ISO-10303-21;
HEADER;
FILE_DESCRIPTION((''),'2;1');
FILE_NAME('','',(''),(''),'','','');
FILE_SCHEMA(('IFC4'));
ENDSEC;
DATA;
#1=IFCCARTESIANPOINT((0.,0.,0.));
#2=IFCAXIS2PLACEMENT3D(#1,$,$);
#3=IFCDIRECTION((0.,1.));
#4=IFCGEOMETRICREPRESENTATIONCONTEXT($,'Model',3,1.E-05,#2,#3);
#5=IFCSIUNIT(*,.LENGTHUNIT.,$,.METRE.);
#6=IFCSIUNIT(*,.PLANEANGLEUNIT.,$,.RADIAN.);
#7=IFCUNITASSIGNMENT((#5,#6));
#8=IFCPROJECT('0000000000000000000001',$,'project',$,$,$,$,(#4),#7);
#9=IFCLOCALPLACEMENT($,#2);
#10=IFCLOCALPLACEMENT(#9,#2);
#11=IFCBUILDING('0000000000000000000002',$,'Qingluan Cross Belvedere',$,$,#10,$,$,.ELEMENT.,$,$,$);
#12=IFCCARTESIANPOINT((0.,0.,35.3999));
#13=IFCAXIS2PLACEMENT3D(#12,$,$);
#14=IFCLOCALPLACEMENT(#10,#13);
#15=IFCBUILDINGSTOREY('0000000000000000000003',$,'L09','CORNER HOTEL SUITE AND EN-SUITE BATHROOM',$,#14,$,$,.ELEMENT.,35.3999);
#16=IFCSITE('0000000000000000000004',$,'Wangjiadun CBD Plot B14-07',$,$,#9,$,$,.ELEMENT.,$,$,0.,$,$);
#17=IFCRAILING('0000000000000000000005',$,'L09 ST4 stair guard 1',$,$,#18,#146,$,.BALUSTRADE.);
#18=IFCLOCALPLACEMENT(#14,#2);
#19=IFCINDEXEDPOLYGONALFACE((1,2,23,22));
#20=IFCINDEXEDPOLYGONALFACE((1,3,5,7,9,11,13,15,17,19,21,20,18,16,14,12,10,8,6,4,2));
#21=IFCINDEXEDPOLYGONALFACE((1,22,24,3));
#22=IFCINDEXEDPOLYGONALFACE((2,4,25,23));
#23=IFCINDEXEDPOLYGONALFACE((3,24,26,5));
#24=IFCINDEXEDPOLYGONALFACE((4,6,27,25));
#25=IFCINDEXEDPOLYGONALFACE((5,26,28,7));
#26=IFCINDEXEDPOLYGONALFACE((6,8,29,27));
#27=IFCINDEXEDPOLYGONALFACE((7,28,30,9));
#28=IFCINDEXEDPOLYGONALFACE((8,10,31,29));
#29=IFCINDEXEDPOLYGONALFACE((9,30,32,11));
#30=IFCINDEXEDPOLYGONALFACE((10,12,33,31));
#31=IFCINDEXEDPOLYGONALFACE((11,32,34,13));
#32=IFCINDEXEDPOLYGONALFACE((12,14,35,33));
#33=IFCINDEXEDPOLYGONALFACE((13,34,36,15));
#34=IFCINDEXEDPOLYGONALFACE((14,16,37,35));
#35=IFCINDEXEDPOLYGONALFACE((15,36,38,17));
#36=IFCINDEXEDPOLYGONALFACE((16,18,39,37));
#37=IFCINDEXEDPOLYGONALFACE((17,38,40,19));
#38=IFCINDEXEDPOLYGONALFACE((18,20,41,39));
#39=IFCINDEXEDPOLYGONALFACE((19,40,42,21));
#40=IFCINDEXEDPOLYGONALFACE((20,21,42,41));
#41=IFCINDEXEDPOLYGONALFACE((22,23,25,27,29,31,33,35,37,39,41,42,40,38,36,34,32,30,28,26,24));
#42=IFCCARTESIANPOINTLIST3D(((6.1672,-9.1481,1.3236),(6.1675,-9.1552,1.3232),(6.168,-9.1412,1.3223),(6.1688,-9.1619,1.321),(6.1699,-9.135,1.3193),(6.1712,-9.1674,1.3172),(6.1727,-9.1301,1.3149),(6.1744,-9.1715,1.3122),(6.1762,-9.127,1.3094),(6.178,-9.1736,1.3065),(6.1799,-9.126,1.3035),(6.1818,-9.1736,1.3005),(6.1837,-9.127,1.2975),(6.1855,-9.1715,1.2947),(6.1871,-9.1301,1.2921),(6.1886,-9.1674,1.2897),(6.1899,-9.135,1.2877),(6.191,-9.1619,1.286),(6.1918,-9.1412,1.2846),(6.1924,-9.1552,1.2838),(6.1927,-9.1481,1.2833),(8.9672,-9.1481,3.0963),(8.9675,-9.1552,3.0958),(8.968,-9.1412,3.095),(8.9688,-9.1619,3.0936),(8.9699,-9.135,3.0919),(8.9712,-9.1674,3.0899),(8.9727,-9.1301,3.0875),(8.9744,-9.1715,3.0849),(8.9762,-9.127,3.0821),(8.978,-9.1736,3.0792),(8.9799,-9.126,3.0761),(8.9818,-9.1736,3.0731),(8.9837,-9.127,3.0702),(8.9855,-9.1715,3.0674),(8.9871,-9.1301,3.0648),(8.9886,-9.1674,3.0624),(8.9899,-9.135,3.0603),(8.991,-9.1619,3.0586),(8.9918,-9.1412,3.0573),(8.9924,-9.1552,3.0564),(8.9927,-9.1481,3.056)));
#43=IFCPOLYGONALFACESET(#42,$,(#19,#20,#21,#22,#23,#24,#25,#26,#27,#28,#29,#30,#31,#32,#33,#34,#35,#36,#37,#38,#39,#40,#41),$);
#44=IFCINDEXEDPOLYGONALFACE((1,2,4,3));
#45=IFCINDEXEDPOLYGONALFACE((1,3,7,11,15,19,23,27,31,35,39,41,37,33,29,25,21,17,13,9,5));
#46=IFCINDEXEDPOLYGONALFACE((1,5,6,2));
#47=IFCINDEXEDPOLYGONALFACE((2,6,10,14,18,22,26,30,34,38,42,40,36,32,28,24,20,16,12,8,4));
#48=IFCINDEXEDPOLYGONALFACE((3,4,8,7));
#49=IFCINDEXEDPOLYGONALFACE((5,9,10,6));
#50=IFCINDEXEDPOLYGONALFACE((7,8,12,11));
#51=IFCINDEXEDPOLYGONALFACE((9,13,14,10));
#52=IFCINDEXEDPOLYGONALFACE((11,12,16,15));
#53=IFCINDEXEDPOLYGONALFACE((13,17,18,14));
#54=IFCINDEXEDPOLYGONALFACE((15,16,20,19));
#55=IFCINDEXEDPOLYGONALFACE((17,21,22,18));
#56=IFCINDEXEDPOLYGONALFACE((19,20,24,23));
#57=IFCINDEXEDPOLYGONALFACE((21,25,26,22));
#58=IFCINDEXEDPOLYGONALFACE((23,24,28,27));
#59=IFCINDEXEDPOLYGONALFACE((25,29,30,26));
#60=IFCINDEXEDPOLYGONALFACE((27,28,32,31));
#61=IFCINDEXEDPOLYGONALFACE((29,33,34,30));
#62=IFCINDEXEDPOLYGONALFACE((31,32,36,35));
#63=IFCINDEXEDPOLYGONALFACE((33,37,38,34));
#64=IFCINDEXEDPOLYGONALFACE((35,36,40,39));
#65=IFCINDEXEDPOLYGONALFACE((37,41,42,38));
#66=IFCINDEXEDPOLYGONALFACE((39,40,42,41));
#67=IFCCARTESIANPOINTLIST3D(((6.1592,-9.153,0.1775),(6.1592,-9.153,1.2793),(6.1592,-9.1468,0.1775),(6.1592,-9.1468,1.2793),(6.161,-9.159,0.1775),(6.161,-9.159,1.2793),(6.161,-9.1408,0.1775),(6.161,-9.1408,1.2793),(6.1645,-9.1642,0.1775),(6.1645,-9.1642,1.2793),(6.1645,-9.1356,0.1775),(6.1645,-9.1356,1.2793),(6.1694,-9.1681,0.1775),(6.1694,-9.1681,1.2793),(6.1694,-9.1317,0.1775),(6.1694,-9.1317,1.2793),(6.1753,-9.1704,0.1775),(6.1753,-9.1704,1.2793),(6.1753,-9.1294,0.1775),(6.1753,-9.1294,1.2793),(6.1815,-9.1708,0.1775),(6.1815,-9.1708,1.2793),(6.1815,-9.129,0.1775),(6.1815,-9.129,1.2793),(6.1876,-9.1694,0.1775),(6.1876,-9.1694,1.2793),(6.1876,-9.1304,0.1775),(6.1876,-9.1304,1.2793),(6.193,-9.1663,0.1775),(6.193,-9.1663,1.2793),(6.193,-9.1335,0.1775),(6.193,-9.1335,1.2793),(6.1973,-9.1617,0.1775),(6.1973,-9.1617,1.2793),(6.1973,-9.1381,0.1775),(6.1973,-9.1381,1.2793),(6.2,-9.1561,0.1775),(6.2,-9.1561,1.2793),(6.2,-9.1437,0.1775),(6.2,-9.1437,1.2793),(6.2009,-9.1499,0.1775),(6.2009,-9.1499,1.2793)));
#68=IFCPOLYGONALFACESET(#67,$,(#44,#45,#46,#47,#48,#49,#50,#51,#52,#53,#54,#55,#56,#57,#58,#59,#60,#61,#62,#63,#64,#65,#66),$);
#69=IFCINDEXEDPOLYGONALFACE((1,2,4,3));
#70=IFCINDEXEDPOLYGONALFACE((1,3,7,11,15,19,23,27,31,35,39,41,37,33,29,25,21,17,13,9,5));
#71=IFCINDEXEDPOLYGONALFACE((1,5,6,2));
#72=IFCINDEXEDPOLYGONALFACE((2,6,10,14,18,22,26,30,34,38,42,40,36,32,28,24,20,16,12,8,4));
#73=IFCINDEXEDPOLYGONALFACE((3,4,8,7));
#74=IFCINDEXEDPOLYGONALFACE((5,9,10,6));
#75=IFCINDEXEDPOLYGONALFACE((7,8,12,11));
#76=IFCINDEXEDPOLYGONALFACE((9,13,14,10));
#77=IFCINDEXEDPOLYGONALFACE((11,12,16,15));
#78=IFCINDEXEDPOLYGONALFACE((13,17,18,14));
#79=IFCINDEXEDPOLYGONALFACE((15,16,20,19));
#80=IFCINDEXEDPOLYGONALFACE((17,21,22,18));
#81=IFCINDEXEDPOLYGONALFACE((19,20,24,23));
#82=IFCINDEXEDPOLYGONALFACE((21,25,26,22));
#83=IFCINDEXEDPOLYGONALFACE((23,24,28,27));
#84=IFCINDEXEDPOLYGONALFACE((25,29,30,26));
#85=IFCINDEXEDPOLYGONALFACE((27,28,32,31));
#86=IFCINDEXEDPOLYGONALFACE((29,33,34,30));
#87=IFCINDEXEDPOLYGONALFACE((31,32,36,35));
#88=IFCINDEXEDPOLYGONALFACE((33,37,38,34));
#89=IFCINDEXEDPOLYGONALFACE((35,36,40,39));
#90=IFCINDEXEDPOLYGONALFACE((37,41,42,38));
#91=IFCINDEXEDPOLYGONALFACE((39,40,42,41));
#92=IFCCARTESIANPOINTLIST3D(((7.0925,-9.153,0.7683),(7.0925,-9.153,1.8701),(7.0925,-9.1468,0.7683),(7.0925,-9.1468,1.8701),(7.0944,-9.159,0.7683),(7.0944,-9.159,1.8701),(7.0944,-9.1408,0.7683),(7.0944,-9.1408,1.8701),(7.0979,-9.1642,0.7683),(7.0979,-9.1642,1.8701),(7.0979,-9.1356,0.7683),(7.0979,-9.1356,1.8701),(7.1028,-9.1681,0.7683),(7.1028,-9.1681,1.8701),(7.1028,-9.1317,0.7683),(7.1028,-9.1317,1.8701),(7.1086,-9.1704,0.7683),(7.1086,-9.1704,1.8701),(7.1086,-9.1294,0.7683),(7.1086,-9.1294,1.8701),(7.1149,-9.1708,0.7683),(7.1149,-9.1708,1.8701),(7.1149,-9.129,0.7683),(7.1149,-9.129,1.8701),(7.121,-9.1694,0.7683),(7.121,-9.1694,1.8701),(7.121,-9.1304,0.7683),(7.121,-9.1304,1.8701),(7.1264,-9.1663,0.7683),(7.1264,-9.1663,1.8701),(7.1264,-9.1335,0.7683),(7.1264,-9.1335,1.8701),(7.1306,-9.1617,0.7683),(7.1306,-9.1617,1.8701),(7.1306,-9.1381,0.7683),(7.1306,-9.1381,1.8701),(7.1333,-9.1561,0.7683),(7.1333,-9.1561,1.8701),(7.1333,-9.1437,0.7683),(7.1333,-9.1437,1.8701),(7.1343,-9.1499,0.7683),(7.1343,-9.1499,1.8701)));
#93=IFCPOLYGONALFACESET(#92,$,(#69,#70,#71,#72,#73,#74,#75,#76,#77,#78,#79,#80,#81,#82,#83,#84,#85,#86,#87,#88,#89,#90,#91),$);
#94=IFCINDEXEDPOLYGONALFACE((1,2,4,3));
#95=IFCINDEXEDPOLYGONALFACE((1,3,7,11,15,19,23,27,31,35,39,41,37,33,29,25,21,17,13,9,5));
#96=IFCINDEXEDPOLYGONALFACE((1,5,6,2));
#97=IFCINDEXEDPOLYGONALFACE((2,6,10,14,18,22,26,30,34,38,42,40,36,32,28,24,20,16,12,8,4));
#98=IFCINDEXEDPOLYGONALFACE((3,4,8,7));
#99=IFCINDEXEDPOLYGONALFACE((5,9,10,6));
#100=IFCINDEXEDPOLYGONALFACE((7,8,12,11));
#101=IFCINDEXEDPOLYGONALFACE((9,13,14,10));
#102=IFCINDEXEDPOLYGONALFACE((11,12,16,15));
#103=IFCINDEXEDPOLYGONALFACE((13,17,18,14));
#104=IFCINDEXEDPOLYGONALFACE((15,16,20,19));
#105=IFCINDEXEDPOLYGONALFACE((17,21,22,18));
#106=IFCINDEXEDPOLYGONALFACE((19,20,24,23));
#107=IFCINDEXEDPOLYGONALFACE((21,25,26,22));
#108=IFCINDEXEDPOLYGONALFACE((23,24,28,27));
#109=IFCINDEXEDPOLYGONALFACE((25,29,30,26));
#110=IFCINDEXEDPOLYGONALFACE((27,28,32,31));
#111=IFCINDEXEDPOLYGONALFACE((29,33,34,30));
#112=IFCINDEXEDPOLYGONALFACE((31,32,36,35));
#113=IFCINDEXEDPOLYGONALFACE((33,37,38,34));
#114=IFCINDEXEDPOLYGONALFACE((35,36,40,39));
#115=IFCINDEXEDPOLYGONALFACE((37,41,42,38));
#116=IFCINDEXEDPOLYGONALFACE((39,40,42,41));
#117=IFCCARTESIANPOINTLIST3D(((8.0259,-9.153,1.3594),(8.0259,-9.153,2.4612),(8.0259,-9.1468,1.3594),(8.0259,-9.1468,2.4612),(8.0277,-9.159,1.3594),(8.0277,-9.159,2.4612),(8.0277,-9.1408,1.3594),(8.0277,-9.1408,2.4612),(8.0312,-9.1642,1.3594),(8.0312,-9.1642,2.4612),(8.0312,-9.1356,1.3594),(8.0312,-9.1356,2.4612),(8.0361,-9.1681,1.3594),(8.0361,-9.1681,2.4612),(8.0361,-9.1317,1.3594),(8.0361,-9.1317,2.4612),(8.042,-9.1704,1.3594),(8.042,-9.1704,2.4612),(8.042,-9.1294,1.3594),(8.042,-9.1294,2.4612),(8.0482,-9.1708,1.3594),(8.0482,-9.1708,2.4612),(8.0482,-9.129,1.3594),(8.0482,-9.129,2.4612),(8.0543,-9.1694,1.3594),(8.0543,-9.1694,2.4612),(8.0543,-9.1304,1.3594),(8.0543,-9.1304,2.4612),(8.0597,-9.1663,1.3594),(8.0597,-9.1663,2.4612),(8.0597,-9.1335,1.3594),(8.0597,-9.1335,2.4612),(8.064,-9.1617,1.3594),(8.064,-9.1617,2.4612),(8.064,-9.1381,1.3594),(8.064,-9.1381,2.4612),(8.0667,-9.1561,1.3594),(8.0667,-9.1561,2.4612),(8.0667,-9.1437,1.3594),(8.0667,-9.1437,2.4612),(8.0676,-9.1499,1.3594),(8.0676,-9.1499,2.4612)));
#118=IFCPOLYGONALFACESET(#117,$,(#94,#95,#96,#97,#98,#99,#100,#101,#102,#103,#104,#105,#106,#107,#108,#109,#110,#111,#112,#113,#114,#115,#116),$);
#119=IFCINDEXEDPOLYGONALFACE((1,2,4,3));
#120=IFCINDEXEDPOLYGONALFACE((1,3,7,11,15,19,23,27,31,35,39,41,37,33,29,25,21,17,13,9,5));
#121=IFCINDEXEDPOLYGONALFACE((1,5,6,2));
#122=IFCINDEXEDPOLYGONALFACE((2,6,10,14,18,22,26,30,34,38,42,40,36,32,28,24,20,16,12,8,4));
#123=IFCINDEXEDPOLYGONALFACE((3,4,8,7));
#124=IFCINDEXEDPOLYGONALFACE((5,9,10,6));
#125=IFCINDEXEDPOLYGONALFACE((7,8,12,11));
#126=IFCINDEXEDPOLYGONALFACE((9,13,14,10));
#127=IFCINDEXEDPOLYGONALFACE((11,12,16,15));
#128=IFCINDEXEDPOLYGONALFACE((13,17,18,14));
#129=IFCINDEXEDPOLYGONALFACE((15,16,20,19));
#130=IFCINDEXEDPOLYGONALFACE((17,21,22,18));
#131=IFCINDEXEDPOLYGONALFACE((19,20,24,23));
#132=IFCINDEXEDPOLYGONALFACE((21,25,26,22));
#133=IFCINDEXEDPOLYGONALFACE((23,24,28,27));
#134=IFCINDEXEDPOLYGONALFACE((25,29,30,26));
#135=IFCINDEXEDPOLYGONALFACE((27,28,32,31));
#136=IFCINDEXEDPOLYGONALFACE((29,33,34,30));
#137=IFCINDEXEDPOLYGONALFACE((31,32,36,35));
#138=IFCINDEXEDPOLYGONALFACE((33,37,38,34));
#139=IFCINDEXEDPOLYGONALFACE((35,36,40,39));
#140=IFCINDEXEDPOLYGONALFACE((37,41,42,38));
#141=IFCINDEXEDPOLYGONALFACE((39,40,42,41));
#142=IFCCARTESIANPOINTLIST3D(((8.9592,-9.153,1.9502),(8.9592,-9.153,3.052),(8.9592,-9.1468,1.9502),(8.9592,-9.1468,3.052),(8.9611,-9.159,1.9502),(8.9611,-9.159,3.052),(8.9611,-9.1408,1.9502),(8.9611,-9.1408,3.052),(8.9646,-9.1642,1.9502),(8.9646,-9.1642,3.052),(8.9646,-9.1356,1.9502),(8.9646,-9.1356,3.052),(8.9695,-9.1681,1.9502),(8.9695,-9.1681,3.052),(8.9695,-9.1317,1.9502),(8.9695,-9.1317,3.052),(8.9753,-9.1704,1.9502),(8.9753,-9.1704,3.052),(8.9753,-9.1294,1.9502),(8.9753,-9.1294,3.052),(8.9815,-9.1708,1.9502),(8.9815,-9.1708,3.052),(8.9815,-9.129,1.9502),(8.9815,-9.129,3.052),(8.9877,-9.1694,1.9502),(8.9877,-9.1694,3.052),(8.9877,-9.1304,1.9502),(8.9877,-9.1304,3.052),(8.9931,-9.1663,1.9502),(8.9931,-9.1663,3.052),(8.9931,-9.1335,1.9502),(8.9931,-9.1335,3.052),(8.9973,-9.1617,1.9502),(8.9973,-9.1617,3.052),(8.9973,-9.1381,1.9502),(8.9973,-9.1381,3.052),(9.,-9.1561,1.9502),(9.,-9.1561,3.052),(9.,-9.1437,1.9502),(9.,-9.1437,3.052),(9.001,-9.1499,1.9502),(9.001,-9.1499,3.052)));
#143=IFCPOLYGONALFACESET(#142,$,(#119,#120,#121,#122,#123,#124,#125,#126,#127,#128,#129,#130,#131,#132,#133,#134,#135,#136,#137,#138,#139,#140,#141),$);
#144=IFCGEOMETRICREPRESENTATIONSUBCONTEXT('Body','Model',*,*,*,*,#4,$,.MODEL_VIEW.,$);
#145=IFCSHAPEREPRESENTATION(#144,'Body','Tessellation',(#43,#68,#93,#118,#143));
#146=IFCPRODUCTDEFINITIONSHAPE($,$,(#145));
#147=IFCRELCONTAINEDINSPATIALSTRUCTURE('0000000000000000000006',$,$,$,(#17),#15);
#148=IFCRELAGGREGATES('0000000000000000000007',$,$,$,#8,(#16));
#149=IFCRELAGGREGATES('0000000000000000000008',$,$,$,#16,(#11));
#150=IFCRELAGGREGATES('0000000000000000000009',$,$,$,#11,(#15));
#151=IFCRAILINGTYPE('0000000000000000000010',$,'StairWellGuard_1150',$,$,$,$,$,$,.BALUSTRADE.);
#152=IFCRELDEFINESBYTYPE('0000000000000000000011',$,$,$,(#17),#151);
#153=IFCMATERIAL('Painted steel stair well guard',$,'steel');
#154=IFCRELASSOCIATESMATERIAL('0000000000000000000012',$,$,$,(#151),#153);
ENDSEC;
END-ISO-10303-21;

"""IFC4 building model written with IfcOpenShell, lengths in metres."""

from ifc_helpers import new_model, si_unit, direction, frame, origin, origin_2d, place, context, subcontext, project, spatial, circle, extrude, material, type_object, element, save


model = new_model("IFC4")

# Units and contexts
model_context = context("Model", 3, precision=1e-05, world=origin(), true_north=direction((0.0, 1.0)))
body_context = subcontext(model_context, "Body", "Model", "MODEL_VIEW")
ifc_project = project(units=[si_unit("LENGTHUNIT", "METRE"), si_unit("PLANEANGLEUNIT", "RADIAN")], contexts=[model_context])

# Site, building, storey
site_placement = place(None, origin())
site = spatial("IfcSite", under=ifc_project, at=site_placement, Name="Wangjiadun CBD Plot B14-07", CompositionType="ELEMENT", RefElevation=0.0)
building_placement = place(site_placement, origin())
building = spatial("IfcBuilding", under=site, at=building_placement, Name="Qingluan Cross Belvedere", CompositionType="ELEMENT")
storey_placement = place(building_placement, frame((0.0, 0.0, 35.3999)))
storey = spatial("IfcBuildingStorey", under=building, at=storey_placement, Name="L09", Description="CORNER HOTEL SUITE AND EN-SUITE BATHROOM", CompositionType="ELEMENT", Elevation=35.3999)

# Railing
ifc_material_1 = material(Name="Painted steel stair well guard", Category="steel")
railing_type_1 = type_object("IfcRailingType", Name="StairWellGuard_1150", PredefinedType="BALUSTRADE", material=ifc_material_1)
railing_1_placement = place(storey_placement, frame((6.1799, -9.1499, 0.1775)))
element("IfcRailing", 1, at=railing_1_placement, inside=storey, type_object=railing_type_1, Name="L09 ST4 stair guard 1", PredefinedType="BALUSTRADE", context=body_context, shape_type="SweptSolid", body=[
    extrude(circle(Radius=0.0239, at=origin_2d()), frame((0.0, 0.0, 1.126), z_axis=(0.844909, 0.0, 0.53491), x_axis=(0.0, 1.0, 0.0)), (0.0, 0.0, 1.0), 3.314),
    extrude(circle(Radius=0.021, at=origin_2d()), origin(), (0.0, 0.0, 1.0), 1.1018),
    extrude(circle(Radius=0.021, at=origin_2d()), frame((0.9333, 0.0, 0.5908)), (0.0, 0.0, 1.0), 1.1018),
    extrude(circle(Radius=0.021, at=origin_2d()), frame((1.8667, 0.0, 1.1819)), (0.0, 0.0, 1.0), 1.1018),
    extrude(circle(Radius=0.021, at=origin_2d()), frame((2.8, 0.0, 1.7727)), (0.0, 0.0, 1.0), 1.1018),
])

save(model, "model.ifc")
